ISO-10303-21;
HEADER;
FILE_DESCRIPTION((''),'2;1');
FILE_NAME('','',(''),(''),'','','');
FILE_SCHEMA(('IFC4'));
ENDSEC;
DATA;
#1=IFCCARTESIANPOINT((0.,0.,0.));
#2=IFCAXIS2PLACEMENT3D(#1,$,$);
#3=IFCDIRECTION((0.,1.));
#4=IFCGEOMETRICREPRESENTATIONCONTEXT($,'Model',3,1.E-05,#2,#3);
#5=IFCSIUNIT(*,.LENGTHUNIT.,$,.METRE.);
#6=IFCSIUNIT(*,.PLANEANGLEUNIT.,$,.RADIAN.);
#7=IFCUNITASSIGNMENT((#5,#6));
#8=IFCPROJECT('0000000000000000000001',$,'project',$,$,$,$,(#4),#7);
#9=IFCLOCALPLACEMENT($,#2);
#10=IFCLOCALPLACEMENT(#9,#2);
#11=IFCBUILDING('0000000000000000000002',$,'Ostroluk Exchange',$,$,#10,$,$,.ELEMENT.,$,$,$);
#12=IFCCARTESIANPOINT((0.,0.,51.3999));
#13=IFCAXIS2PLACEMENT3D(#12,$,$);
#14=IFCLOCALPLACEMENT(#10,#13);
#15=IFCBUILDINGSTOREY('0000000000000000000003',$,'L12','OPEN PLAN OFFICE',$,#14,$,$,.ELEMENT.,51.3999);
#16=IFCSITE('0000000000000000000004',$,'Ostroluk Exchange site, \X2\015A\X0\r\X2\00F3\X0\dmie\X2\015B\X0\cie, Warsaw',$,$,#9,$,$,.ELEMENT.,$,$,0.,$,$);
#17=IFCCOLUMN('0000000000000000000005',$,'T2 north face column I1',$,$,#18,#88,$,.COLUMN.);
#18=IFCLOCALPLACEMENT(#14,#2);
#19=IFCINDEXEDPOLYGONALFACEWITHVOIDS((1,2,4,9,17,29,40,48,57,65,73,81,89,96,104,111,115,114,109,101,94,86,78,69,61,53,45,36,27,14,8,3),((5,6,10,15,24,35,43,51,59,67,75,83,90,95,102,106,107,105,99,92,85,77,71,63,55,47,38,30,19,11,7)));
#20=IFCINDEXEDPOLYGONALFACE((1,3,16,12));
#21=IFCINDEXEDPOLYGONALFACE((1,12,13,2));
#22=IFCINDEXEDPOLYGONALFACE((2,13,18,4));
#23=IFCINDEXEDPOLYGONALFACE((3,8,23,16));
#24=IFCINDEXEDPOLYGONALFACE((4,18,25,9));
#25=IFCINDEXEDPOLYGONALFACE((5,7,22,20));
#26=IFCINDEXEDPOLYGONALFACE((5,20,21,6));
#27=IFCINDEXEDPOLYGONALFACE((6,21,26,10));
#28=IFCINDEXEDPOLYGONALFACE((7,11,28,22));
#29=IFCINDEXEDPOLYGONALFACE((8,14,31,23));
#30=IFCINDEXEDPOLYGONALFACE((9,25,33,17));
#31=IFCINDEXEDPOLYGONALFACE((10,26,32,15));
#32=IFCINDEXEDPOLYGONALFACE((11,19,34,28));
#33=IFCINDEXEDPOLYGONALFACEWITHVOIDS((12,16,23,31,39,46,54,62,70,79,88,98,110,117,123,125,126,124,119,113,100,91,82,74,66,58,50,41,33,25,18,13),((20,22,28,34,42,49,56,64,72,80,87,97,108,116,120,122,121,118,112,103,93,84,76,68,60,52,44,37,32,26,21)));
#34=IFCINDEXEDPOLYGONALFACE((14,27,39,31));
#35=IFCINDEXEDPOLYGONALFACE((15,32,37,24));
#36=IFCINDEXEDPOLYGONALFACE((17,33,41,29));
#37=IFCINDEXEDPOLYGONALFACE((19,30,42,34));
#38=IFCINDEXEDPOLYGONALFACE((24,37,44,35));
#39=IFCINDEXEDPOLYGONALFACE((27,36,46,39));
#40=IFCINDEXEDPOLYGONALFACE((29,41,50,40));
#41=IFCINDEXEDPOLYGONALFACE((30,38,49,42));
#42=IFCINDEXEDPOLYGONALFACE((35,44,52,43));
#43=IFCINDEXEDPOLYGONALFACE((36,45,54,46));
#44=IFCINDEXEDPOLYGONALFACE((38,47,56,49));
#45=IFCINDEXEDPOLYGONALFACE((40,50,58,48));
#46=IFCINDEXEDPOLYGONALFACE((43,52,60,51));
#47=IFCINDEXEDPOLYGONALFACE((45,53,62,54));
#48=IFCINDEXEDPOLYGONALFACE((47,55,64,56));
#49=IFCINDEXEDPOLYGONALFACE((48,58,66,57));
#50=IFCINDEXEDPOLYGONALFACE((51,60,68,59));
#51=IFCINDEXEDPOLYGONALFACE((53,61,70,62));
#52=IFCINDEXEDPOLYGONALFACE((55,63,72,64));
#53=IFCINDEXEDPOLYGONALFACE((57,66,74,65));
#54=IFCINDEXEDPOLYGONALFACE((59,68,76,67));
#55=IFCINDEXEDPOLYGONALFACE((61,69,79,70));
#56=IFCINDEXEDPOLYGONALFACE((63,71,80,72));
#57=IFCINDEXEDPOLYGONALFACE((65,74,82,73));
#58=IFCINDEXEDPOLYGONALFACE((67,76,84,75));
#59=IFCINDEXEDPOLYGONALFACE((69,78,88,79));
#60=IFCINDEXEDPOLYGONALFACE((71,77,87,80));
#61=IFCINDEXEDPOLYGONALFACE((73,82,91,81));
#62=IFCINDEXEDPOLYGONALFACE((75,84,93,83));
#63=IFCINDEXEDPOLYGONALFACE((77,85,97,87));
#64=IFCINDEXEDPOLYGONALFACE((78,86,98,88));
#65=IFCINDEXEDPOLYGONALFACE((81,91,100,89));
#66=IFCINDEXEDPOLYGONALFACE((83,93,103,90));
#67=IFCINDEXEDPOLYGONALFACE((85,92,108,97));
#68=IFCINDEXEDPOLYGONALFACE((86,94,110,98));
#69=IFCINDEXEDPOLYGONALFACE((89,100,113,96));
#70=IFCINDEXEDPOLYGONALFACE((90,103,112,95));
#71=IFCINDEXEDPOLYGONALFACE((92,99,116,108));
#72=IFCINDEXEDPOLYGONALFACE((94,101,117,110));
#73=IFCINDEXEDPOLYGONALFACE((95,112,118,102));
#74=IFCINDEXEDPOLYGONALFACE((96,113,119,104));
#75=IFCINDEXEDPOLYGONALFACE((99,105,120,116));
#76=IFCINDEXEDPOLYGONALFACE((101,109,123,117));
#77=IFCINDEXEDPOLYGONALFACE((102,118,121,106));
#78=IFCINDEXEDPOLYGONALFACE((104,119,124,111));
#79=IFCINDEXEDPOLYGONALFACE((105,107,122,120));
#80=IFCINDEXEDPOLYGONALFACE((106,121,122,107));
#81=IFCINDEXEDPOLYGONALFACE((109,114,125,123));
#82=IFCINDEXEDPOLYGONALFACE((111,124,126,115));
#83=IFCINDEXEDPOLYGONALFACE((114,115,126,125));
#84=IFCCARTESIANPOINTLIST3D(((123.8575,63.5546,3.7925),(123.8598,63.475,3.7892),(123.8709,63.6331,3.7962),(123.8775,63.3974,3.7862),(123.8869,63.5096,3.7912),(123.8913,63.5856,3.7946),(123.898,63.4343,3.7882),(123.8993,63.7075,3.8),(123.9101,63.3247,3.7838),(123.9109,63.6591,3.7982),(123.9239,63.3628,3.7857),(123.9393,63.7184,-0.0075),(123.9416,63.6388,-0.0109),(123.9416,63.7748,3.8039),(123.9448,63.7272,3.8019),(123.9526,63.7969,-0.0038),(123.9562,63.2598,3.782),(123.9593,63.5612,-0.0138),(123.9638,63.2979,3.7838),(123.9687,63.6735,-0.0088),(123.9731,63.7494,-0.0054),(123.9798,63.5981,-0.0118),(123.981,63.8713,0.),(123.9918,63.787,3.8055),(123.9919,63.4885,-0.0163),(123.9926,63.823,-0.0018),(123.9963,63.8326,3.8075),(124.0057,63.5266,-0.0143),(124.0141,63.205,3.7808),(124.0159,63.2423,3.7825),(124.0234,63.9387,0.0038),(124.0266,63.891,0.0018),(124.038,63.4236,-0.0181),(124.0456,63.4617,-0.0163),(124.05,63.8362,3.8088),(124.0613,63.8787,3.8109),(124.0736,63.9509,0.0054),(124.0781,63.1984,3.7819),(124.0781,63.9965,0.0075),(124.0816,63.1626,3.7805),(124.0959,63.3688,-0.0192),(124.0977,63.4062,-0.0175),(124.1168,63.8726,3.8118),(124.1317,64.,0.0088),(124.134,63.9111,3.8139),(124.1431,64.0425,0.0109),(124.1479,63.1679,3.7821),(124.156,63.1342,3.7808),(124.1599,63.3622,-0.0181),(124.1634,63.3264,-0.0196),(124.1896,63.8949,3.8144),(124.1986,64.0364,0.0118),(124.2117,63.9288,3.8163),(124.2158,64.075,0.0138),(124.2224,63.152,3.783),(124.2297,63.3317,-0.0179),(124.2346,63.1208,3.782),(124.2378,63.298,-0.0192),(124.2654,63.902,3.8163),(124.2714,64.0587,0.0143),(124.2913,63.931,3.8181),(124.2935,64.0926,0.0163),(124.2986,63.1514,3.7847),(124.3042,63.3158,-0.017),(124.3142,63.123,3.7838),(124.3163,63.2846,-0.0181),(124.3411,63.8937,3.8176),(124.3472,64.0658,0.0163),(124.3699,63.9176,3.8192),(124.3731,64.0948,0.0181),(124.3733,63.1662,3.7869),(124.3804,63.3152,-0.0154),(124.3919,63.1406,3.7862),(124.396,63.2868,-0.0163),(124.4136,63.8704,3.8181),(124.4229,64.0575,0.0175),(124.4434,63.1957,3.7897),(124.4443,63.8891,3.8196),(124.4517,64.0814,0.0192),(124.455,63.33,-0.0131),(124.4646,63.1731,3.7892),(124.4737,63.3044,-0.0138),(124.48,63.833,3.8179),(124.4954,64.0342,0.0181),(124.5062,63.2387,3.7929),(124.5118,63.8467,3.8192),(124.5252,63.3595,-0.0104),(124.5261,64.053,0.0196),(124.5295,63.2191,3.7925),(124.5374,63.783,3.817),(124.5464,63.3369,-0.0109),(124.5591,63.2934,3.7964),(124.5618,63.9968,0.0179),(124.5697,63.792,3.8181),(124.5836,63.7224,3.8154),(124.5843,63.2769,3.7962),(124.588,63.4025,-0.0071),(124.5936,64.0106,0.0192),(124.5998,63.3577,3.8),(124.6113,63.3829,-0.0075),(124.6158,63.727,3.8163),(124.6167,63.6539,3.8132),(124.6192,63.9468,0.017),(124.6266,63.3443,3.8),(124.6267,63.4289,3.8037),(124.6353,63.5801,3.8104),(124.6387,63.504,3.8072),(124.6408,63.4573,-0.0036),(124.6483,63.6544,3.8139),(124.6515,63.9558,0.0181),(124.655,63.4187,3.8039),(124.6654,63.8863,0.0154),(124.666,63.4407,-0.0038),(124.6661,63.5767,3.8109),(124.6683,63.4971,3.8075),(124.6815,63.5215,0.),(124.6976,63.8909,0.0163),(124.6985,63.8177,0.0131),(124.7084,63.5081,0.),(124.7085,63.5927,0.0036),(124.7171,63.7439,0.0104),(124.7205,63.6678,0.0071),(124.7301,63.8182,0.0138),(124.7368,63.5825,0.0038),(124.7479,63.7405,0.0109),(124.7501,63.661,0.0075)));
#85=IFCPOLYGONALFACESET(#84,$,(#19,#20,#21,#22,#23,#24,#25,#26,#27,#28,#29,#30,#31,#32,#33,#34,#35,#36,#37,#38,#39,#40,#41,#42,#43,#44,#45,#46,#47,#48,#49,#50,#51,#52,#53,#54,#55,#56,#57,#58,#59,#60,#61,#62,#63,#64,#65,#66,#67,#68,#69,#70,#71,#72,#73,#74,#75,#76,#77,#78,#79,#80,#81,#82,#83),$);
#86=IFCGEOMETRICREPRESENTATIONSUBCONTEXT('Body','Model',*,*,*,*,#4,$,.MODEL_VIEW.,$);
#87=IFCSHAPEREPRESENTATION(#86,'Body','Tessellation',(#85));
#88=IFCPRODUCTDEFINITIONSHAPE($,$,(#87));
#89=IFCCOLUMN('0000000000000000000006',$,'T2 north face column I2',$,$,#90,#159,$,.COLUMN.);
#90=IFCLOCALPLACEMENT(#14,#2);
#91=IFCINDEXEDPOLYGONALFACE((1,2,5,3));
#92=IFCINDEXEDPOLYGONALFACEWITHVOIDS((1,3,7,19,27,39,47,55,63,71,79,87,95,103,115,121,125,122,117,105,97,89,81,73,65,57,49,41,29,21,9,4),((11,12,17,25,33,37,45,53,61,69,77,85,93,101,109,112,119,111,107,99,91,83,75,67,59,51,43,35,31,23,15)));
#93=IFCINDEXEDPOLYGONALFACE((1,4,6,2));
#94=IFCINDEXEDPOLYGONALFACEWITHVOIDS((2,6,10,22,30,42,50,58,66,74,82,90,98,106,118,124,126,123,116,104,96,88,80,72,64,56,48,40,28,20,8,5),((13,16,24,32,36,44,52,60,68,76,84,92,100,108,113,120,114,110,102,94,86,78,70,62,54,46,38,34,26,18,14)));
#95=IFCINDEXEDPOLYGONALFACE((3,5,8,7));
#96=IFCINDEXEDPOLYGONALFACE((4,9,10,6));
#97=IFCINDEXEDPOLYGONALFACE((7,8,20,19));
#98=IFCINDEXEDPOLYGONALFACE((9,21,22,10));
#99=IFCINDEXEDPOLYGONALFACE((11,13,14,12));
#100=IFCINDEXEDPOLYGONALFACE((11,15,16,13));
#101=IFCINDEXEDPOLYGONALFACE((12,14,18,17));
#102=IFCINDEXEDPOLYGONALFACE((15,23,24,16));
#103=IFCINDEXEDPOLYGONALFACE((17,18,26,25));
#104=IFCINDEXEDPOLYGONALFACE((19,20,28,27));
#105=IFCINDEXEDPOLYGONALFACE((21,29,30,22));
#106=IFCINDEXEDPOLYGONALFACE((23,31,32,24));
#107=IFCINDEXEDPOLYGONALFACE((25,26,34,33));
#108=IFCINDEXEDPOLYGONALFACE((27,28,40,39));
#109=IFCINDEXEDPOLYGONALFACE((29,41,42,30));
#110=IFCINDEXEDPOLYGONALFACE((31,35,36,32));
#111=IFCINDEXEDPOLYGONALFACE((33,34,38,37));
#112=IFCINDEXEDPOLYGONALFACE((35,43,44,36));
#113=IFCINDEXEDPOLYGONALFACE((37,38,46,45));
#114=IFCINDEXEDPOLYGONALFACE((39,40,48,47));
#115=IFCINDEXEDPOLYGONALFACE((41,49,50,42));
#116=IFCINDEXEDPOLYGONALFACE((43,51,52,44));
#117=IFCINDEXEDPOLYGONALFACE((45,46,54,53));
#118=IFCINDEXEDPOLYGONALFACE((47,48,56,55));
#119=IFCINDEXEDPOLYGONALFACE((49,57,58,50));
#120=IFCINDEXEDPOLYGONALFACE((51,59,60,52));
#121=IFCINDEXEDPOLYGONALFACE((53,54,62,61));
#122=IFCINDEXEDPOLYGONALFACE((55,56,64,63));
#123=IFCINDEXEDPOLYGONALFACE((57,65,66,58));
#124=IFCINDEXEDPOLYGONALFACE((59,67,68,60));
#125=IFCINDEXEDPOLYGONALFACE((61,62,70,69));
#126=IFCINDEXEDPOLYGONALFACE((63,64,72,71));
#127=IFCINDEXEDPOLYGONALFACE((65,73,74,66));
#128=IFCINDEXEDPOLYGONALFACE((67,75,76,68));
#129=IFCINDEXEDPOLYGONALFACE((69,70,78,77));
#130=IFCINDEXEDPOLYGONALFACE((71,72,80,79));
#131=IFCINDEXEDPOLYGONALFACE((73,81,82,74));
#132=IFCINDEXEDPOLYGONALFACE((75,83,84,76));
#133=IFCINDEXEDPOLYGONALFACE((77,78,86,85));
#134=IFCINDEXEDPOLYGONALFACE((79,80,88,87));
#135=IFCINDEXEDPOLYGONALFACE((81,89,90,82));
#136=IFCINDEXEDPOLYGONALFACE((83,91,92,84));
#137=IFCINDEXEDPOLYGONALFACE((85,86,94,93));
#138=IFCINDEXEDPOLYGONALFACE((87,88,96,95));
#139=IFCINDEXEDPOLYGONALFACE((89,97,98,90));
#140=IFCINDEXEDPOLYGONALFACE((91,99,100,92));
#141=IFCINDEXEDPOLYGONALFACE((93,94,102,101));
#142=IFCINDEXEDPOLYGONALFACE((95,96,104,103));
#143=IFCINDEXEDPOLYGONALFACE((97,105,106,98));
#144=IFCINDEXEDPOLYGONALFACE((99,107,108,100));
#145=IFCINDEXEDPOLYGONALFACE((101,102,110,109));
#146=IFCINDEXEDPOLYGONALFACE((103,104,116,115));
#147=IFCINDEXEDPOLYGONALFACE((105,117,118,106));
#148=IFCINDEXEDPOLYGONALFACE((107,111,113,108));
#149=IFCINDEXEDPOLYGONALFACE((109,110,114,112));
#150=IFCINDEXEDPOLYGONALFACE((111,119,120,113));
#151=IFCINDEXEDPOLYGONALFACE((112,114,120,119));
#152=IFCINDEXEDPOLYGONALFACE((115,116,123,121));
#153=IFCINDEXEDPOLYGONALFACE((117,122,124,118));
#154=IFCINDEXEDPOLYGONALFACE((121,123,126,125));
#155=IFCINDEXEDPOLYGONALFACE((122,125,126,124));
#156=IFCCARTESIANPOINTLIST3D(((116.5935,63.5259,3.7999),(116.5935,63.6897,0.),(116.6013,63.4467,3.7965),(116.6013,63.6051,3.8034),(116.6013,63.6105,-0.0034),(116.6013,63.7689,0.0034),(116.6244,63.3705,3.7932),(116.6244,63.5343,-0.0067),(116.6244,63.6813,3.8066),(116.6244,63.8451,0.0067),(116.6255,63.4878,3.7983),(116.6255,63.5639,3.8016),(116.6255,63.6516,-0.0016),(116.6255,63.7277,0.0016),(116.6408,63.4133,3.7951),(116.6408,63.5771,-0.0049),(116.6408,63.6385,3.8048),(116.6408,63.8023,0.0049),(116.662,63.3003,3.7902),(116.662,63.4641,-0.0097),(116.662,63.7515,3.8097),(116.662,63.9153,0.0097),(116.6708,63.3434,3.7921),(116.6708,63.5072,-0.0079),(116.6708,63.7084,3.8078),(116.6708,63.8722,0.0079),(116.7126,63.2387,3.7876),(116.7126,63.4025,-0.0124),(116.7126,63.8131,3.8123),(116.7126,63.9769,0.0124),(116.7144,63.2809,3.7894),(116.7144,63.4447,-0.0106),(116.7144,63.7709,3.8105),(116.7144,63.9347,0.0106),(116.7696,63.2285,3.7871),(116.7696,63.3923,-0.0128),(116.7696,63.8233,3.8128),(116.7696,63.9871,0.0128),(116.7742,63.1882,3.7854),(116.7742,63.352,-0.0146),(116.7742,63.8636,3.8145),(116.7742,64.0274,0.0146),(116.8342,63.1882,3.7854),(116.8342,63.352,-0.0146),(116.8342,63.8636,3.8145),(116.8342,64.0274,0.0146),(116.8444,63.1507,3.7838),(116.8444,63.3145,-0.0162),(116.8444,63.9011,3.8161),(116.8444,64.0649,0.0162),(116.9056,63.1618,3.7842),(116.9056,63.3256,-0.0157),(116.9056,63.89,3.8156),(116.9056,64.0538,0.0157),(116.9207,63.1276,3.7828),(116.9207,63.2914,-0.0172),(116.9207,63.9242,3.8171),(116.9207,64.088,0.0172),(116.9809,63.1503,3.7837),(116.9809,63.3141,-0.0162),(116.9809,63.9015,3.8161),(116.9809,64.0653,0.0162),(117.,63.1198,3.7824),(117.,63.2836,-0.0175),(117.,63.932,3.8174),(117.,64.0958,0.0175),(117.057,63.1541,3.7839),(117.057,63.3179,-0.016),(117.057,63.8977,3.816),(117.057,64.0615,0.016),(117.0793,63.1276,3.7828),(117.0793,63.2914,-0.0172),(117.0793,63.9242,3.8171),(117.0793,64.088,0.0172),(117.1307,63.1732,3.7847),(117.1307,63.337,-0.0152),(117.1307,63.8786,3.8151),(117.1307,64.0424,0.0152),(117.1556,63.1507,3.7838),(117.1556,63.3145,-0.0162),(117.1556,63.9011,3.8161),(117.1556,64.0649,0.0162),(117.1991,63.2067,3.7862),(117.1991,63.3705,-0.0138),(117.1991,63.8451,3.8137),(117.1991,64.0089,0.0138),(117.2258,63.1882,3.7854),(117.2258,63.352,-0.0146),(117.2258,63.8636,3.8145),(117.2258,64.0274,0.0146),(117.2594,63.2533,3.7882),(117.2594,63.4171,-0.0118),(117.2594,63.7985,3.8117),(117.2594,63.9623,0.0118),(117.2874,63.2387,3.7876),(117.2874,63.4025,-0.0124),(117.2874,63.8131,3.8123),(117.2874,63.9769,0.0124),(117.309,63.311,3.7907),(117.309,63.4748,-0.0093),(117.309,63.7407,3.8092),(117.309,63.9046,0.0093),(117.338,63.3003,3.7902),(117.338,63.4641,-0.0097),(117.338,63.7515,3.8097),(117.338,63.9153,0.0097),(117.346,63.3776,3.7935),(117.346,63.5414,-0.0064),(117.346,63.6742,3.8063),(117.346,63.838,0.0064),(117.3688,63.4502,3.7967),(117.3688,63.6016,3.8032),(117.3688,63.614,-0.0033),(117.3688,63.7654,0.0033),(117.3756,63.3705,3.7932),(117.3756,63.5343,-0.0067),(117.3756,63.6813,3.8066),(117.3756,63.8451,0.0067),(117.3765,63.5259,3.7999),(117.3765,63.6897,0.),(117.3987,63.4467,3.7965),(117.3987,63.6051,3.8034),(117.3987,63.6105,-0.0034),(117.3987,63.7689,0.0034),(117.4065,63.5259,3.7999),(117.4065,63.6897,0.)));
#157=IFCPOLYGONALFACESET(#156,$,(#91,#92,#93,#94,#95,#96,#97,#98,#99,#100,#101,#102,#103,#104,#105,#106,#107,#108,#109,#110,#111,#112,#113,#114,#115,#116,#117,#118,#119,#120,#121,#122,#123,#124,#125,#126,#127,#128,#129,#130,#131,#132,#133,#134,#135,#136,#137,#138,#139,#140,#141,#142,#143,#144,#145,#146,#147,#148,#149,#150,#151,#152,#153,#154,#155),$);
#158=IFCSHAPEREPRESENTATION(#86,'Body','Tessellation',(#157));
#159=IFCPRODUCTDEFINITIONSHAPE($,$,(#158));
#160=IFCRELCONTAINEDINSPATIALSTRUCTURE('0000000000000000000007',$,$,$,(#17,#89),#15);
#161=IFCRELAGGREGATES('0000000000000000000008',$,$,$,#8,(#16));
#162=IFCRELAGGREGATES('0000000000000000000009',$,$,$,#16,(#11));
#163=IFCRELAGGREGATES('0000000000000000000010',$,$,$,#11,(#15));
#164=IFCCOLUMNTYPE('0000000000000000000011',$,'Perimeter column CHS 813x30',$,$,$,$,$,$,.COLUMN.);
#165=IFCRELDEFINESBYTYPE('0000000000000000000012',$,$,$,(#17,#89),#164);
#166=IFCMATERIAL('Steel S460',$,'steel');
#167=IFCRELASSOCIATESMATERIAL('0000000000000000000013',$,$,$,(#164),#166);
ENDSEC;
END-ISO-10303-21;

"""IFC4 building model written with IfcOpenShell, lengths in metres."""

from ifc_helpers import new_model, si_unit, direction, frame, origin, origin_2d, place, context, subcontext, project, spatial, hollow_circle, extrude, material, material_profile, profile_set, type_object, element, save


model = new_model("IFC4")

# Units and contexts
model_context = context("Model", 3, precision=1e-05, world=origin(), true_north=direction((0.0, 1.0)))
body_context = subcontext(model_context, "Body", "Model", "MODEL_VIEW")
ifc_project = project(units=[si_unit("LENGTHUNIT", "METRE"), si_unit("PLANEANGLEUNIT", "RADIAN")], contexts=[model_context])

# Site, building, storey
site_placement = place(None, origin())
site = spatial("IfcSite", under=ifc_project, at=site_placement, Name="Ostroluk Exchange site, Śródmieście, Warsaw", CompositionType="ELEMENT", RefElevation=0.0)
building_placement = place(site_placement, origin())
building = spatial("IfcBuilding", under=site, at=building_placement, Name="Ostroluk Exchange", CompositionType="ELEMENT")
storey_placement = place(building_placement, frame((0.0, 0.0, 51.3999)))
storey = spatial("IfcBuildingStorey", under=building, at=storey_placement, Name="L12", Description="OPEN PLAN OFFICE", CompositionType="ELEMENT", Elevation=51.3999)

# Columns
ifc_material_1 = material(Name="Steel S460", Category="steel")
ifc_material_profile_1 = material_profile(ifc_material_1, hollow_circle(Radius=0.4065, WallThickness=0.03, at=origin_2d()), Name="CHS 813x30")
ifc_profile_set_1 = profile_set([ifc_material_profile_1], Name="Steel S460")
column_type = type_object("IfcColumnType", Name="Perimeter column CHS 813x30", PredefinedType="COLUMN", material=ifc_profile_set_1)
column_1_placement = place(storey_placement, frame((124.3447, 63.6897, 0.0), z_axis=(-0.021498, -0.04306, 0.998841), x_axis=(0.894694, -0.44668, 0.0)))
element("IfcColumn", 1, at=column_1_placement, inside=storey, type_object=column_type, Name="T2 north face column I1", PredefinedType="COLUMN", context=body_context, shape_type="SweptSolid", body=[
    extrude(hollow_circle(Radius=0.4065, WallThickness=0.03, at=origin_2d()), origin(), (0.0, 0.0, 1.0), 3.8044),
])
column_2_placement = place(storey_placement, frame((117.0, 63.6897, 0.0), z_axis=(0.0, -0.04307, 0.999072), x_axis=(1.0, 0.0, 0.0)))
element("IfcColumn", 2, at=column_2_placement, inside=storey, type_object=column_type, Name="T2 north face column I2", PredefinedType="COLUMN", context=body_context, shape_type="SweptSolid", body=[
    extrude(hollow_circle(Radius=0.4065, WallThickness=0.03, at=origin_2d()), origin(), (0.0, 0.0, 1.0), 3.8035),
])

save(model, "model.ifc")
